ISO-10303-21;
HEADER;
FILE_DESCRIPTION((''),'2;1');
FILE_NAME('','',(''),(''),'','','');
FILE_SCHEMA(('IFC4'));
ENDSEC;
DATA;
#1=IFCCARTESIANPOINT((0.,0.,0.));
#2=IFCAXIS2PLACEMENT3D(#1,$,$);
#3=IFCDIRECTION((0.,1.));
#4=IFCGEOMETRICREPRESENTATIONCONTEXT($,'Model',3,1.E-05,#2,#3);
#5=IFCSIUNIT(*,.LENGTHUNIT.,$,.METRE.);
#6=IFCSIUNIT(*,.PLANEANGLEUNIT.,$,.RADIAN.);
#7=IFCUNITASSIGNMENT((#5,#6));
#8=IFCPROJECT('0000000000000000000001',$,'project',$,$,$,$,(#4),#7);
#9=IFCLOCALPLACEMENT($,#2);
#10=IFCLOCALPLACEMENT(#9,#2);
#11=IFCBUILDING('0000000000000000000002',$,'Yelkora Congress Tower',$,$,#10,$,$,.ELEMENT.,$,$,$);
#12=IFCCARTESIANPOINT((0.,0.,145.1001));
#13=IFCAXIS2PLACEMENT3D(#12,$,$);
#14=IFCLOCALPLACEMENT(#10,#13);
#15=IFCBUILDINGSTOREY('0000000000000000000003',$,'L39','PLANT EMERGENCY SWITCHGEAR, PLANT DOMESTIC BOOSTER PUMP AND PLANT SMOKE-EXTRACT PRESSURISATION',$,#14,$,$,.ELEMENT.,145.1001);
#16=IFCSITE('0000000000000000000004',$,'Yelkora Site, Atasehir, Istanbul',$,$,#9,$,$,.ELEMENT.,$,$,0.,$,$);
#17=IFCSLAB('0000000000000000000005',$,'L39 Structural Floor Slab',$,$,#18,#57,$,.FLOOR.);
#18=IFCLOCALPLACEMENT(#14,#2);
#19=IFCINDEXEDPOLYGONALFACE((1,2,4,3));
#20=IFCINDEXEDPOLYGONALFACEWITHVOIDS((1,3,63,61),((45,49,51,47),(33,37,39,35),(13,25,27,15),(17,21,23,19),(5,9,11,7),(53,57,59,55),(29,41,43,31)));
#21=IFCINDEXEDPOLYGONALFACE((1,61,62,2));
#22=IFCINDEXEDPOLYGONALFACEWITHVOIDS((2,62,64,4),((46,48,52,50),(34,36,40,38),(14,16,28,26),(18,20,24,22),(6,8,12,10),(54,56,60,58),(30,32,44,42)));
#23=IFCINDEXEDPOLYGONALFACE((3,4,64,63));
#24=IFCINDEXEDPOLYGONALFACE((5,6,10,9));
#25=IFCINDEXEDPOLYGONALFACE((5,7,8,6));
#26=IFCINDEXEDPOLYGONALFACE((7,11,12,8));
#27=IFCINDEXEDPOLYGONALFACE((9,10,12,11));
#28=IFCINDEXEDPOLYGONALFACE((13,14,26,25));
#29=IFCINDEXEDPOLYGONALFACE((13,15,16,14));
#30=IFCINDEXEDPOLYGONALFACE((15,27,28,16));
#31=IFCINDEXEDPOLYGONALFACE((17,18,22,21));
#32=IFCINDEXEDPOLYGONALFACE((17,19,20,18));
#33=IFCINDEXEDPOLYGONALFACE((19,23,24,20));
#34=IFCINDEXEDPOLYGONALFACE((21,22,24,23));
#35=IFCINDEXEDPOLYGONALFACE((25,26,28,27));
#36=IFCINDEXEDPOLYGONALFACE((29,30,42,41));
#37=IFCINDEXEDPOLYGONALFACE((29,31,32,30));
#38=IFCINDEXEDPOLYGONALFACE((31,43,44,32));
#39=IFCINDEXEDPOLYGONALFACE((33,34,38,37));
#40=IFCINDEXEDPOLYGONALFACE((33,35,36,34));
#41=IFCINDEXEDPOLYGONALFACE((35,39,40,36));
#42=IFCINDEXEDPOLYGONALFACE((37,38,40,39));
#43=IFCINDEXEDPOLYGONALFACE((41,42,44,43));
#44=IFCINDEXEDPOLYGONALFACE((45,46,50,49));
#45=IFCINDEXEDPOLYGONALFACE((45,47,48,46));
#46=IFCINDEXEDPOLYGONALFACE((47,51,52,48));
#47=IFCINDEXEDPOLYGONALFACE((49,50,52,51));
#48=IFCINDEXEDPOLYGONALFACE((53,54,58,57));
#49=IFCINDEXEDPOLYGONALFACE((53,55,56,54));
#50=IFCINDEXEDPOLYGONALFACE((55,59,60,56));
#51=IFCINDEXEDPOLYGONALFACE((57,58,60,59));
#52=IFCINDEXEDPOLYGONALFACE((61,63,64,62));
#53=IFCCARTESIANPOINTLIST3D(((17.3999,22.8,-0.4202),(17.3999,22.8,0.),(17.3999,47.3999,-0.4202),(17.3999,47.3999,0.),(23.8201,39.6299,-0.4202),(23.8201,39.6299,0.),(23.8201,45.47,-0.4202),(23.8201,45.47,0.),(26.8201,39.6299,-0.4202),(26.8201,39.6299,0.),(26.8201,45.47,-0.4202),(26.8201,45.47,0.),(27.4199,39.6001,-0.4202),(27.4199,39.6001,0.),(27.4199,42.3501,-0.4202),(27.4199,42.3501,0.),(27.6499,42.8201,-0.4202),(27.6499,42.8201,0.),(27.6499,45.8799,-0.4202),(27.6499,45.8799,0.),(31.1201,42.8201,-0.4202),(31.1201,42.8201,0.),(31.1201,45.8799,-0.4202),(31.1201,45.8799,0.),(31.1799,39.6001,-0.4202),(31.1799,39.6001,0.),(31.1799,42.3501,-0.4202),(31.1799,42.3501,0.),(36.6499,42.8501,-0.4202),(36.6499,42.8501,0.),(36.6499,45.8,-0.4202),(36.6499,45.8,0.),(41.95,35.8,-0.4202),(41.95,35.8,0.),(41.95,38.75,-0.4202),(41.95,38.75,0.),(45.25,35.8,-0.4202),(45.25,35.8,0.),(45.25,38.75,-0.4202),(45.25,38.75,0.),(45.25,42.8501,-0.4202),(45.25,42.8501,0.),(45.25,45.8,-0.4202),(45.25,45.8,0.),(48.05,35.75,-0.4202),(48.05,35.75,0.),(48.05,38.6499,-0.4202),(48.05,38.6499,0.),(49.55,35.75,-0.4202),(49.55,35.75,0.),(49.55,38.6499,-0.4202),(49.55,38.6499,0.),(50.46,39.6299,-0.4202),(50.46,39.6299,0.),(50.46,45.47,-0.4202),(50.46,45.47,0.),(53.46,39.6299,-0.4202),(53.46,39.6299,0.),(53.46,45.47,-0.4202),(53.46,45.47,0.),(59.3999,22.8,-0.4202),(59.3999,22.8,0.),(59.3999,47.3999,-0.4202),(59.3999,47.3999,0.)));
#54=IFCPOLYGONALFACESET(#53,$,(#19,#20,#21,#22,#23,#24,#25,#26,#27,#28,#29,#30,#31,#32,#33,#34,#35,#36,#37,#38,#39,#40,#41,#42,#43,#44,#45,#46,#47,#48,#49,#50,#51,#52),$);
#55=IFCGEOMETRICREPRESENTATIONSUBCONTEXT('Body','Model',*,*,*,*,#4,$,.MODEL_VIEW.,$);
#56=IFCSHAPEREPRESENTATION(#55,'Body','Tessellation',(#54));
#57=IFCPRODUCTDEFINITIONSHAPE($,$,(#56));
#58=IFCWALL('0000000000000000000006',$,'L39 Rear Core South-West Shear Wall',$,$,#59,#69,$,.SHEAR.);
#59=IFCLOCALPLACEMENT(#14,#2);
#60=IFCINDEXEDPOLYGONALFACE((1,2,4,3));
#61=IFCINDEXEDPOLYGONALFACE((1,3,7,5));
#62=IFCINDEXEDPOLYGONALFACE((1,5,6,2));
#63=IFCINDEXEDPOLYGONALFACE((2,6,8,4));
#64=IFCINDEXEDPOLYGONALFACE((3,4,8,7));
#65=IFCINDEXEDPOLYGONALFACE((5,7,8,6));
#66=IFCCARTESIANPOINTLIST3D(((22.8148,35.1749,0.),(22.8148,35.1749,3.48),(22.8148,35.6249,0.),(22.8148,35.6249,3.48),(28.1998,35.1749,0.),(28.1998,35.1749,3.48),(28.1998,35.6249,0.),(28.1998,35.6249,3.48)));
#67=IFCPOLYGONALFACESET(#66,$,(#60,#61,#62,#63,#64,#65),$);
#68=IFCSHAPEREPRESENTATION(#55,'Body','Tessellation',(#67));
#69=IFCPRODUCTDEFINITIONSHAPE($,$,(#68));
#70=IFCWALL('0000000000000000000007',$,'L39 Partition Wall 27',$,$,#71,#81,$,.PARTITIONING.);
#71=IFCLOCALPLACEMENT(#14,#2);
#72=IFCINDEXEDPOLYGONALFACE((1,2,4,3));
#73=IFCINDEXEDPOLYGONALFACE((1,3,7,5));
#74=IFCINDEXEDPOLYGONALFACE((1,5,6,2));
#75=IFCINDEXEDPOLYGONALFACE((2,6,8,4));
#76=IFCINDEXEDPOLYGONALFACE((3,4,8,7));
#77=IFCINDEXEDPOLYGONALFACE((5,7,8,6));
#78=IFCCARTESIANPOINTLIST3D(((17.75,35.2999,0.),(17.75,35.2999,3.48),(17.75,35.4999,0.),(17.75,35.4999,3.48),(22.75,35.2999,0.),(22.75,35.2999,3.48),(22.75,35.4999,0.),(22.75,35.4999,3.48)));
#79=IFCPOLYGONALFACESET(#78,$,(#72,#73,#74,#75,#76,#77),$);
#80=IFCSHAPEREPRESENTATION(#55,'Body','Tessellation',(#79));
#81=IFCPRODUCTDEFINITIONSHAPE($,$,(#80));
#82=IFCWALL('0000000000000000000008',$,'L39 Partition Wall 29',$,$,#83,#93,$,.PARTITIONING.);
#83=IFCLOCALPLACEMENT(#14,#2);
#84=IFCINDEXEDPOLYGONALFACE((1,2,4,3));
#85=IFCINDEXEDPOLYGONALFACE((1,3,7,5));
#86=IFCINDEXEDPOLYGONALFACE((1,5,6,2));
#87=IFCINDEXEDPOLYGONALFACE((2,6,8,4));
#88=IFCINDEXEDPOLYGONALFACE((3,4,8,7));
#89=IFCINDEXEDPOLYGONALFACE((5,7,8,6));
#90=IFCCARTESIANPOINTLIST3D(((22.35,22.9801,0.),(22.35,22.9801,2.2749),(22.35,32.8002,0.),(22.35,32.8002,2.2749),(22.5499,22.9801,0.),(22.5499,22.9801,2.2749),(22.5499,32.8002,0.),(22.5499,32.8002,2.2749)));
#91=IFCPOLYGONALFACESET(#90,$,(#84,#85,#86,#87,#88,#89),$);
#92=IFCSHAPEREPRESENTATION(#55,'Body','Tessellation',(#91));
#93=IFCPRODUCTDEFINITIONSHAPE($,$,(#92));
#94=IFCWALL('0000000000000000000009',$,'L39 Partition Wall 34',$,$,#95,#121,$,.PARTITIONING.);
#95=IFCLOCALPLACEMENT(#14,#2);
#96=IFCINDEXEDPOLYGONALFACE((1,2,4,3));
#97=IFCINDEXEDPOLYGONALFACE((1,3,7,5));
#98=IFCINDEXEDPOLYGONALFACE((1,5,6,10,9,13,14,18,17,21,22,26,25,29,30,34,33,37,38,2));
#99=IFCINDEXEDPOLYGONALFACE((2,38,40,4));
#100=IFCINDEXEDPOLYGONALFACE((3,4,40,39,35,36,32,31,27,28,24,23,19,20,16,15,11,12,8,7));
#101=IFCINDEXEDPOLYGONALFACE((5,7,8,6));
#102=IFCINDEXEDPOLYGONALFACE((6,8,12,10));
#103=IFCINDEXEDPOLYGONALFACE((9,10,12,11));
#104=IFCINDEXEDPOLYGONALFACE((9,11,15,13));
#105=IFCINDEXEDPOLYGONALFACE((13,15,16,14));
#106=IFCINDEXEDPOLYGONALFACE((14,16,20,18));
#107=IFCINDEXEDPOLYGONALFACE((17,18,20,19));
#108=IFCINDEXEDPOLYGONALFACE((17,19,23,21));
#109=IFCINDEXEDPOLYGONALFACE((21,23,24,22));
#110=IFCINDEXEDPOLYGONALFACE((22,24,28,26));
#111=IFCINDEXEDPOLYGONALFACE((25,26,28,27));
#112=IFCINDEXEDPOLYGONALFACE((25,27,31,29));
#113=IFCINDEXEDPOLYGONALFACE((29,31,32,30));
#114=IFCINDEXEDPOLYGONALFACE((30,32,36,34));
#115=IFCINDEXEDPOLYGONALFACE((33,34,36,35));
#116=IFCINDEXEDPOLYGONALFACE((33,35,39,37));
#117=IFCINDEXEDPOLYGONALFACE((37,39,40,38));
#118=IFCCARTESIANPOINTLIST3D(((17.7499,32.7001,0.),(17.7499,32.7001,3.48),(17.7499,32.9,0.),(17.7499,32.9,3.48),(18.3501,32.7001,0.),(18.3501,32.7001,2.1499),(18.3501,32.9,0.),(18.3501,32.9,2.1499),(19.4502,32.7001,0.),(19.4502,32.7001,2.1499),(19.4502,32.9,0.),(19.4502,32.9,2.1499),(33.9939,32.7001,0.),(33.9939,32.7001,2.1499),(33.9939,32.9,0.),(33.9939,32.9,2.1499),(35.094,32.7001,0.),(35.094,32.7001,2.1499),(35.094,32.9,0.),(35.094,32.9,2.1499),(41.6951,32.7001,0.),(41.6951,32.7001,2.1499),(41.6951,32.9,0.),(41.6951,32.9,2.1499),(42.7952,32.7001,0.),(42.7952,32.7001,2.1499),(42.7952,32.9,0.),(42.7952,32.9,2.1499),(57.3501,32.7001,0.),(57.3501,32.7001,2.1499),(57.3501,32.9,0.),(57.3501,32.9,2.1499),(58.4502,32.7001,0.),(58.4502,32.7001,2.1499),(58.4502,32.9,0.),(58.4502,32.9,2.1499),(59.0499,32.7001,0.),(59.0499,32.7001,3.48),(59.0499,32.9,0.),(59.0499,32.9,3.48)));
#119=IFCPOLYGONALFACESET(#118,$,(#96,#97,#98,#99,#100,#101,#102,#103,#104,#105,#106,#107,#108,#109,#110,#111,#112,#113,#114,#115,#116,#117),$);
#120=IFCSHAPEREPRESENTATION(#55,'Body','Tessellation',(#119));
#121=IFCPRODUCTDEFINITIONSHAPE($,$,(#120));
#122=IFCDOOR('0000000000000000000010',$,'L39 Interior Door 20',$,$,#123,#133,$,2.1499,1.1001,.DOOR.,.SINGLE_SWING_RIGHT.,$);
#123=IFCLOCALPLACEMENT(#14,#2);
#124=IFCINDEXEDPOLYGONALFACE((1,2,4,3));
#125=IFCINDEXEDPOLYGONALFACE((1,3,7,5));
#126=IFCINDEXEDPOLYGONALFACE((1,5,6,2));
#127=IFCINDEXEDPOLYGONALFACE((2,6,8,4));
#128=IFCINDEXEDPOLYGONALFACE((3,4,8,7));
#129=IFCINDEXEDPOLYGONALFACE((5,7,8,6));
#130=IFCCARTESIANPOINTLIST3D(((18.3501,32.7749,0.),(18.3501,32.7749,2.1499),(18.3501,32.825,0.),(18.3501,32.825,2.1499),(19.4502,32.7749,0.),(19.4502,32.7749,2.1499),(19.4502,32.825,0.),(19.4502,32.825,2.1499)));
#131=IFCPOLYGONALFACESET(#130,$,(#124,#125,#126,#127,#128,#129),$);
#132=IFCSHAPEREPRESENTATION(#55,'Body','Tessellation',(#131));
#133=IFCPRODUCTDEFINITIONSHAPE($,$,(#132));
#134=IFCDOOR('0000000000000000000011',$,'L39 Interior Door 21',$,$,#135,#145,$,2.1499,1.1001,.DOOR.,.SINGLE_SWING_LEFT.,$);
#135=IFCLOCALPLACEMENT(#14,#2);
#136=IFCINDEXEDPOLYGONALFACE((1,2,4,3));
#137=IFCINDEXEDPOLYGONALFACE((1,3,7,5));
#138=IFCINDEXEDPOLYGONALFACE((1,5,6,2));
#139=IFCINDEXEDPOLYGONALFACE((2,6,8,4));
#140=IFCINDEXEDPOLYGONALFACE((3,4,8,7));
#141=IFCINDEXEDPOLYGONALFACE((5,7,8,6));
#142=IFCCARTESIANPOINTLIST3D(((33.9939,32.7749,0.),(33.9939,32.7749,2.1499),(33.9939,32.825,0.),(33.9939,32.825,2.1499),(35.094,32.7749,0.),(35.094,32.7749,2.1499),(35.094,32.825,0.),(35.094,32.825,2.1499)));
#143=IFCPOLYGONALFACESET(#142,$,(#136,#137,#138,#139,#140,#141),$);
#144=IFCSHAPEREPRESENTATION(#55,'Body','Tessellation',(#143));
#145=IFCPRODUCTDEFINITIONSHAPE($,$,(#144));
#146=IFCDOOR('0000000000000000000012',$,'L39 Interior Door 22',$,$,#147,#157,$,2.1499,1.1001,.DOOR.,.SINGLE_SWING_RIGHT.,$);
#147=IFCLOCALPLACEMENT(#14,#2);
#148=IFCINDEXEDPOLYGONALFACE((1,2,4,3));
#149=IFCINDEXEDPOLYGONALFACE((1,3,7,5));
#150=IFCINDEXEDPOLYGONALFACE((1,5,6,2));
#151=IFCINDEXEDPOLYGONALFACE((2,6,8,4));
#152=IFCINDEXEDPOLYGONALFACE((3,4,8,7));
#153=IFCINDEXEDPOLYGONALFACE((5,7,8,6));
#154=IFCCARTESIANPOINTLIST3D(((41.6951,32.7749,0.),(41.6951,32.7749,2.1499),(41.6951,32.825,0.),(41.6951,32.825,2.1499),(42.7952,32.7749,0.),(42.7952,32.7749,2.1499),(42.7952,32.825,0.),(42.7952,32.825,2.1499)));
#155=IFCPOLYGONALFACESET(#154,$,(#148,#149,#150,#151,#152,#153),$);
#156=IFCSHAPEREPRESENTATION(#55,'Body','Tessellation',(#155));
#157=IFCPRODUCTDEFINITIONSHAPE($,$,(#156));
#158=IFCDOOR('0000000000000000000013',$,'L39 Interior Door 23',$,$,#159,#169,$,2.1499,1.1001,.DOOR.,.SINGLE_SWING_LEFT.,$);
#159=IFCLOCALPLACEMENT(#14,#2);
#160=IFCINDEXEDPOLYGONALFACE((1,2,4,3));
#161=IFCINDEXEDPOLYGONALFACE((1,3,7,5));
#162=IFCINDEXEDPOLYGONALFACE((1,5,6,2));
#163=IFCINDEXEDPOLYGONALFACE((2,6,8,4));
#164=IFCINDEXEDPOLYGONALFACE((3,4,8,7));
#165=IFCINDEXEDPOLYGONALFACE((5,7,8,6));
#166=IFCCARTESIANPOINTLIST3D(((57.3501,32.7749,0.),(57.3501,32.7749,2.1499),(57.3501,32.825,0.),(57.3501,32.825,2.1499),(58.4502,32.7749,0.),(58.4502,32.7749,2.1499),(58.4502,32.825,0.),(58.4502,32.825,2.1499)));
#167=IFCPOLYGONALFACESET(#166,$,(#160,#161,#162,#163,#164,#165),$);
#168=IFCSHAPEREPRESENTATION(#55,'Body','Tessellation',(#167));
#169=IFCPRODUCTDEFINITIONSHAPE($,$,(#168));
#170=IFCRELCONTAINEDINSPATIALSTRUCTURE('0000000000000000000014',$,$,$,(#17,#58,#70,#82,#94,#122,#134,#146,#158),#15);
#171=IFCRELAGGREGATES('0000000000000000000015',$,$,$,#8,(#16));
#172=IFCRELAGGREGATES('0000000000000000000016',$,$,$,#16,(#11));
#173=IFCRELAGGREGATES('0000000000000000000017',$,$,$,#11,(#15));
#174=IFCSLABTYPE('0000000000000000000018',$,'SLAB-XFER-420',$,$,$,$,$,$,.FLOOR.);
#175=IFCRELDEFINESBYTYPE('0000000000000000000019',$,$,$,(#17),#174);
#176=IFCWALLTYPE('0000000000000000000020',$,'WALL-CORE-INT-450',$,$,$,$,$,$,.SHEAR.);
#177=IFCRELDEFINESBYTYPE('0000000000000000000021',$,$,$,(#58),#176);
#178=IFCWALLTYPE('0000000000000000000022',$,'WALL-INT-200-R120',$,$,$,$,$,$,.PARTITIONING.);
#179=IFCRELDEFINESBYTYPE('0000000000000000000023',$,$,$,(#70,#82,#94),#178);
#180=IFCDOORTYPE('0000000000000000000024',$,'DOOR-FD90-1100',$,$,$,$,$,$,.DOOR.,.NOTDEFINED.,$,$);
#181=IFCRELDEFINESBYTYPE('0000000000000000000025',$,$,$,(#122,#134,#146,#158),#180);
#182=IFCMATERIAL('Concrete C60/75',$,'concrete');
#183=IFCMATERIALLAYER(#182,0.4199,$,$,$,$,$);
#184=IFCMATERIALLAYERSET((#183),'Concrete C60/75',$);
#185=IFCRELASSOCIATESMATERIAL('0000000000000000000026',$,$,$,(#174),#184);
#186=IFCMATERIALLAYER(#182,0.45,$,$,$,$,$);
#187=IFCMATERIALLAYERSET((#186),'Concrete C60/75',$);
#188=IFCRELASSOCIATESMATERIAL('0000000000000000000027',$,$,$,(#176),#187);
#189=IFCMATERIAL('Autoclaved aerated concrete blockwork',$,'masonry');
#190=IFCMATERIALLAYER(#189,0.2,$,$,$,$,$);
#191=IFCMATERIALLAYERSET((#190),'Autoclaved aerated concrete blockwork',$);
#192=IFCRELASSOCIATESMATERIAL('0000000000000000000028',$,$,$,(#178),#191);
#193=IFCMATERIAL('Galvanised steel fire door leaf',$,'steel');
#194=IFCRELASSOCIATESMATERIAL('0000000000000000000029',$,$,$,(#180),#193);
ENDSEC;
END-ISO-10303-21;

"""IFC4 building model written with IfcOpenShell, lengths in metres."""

from ifc_helpers import new_model, si_unit, direction, frame, frame_2d, origin, place, context, subcontext, project, spatial, polyline, rectangle, outline, extrude, material, layer, layer_set, type_object, element, fill, save


model = new_model("IFC4")

# Units and contexts
model_context = context("Model", 3, precision=1e-05, world=origin(), true_north=direction((0.0, 1.0)))
body_context = subcontext(model_context, "Body", "Model", "MODEL_VIEW")
ifc_project = project(units=[si_unit("LENGTHUNIT", "METRE"), si_unit("PLANEANGLEUNIT", "RADIAN")], contexts=[model_context])

# Site, building, storey
site_placement = place(None, origin())
site = spatial("IfcSite", under=ifc_project, at=site_placement, Name="Yelkora Site, Atasehir, Istanbul", CompositionType="ELEMENT", RefElevation=0.0)
building_placement = place(site_placement, origin())
building = spatial("IfcBuilding", under=site, at=building_placement, Name="Yelkora Congress Tower", CompositionType="ELEMENT")
storey_placement = place(building_placement, frame((0.0, 0.0, 145.1001)))
storey = spatial("IfcBuildingStorey", under=building, at=storey_placement, Name="L39", Description="PLANT EMERGENCY SWITCHGEAR, PLANT DOMESTIC BOOSTER PUMP AND PLANT SMOKE-EXTRACT PRESSURISATION", CompositionType="ELEMENT", Elevation=145.1001)

# Slab
ifc_material_1 = material(Name="Concrete C60/75", Category="concrete")
ifc_layer_1 = layer(ifc_material_1, 0.4199)
ifc_layer_set_1 = layer_set([ifc_layer_1], Name="Concrete C60/75")
slab_type_1 = type_object("IfcSlabType", Name="SLAB-XFER-420", PredefinedType="FLOOR", material=ifc_layer_set_1)
slab_1_placement = place(storey_placement, frame((0.0, 0.0, -0.4202)))
element("IfcSlab", 1, at=slab_1_placement, inside=storey, type_object=slab_type_1, Name="L39 Structural Floor Slab", PredefinedType="FLOOR", context=body_context, shape_type="SweptSolid", body=[
    extrude(outline(polyline([(17.3999, 22.8), (59.3999, 22.8), (59.3999, 47.3999), (17.3999, 47.3999), (17.3999, 22.8)]), holes=[polyline([(23.8201, 39.6299), (26.8201, 39.6299), (26.8201, 45.47), (23.8201, 45.47), (23.8201, 39.6299)]), polyline([(50.46, 39.6299), (53.46, 39.6299), (53.46, 45.47), (50.46, 45.47), (50.46, 39.6299)]), polyline([(48.05, 35.75), (49.55, 35.75), (49.55, 38.6499), (48.05, 38.6499), (48.05, 35.75)]), polyline([(36.6499, 42.8501), (45.25, 42.8501), (45.25, 45.8), (36.6499, 45.8), (36.6499, 42.8501)]), polyline([(41.95, 35.8), (45.25, 35.8), (45.25, 38.75), (41.95, 38.75), (41.95, 35.8)]), polyline([(27.4199, 39.6001), (31.1799, 39.6001), (31.1799, 42.3501), (27.4199, 42.3501), (27.4199, 39.6001)]), polyline([(27.6499, 42.8201), (31.1201, 42.8201), (31.1201, 45.8799), (27.6499, 45.8799), (27.6499, 42.8201)])]), origin(), (0.0, 0.0, 1.0), 0.4202),
])

# Walls
ifc_layer_2 = layer(ifc_material_1, 0.45)
ifc_layer_set_2 = layer_set([ifc_layer_2], Name="Concrete C60/75")
wall_type_1 = type_object("IfcWallType", Name="WALL-CORE-INT-450", PredefinedType="SHEAR", material=ifc_layer_set_2)
wall_1_placement = place(storey_placement, frame((22.8149, 35.3999, 0.0), z_axis=(0.0, 0.0, 1.0), x_axis=(1.0, 0.0, 0.0)))
element("IfcWall", 2, at=wall_1_placement, inside=storey, type_object=wall_type_1, Name="L39 Rear Core South-West Shear Wall", PredefinedType="SHEAR", context=body_context, shape_type="SweptSolid", body=[
    extrude(rectangle(XDim=5.385, YDim=0.45, at=frame_2d((2.6924, 0.0))), origin(), (0.0, 0.0, 1.0), 3.48),
])
ifc_material_2 = material(Name="Autoclaved aerated concrete blockwork", Category="masonry")
ifc_layer_3 = layer(ifc_material_2, 0.2)
ifc_layer_set_3 = layer_set([ifc_layer_3], Name="Autoclaved aerated concrete blockwork")
wall_type_2 = type_object("IfcWallType", Name="WALL-INT-200-R120", PredefinedType="PARTITIONING", material=ifc_layer_set_3)
wall_2_placement = place(storey_placement, frame((17.75, 35.3999, 0.0), z_axis=(0.0, 0.0, 1.0), x_axis=(1.0, 0.0, 0.0)))
element("IfcWall", 3, at=wall_2_placement, inside=storey, type_object=wall_type_2, Name="L39 Partition Wall 27", PredefinedType="PARTITIONING", context=body_context, shape_type="SweptSolid", body=[
    extrude(rectangle(XDim=5.0, YDim=0.2, at=frame_2d((2.5, 0.0))), origin(), (0.0, 0.0, 1.0), 3.48),
])
wall_3_placement = place(storey_placement, frame((22.45, 22.98, 0.0), z_axis=(0.0, 0.0, 1.0), x_axis=(0.0, 1.0, 0.0)))
element("IfcWall", 4, at=wall_3_placement, inside=storey, type_object=wall_type_2, Name="L39 Partition Wall 29", PredefinedType="PARTITIONING", context=body_context, shape_type="SweptSolid", body=[
    extrude(rectangle(XDim=9.8201, YDim=0.2, at=frame_2d((4.9102, 0.0))), origin(), (0.0, 0.0, 1.0), 2.2749),
])

# Wall, openings, doors
wall_4_placement = place(storey_placement, frame((17.75, 32.8, 0.0), z_axis=(0.0, 0.0, 1.0), x_axis=(1.0, 0.0, 0.0)))
wall_4 = element("IfcWall", 5, at=wall_4_placement, inside=storey, type_object=wall_type_2, Name="L39 Partition Wall 34", PredefinedType="PARTITIONING", context=body_context, shape_type="SweptSolid", body=[
    extrude(rectangle(XDim=41.3, YDim=0.2, at=frame_2d((20.6499, 0.0))), origin(), (0.0, 0.0, 1.0), 3.48),
])
opening_1_placement = place(wall_4_placement, frame((0.6001, 0.0, 0.0)))
opening_1 = element("IfcOpeningElement", 6, at=opening_1_placement, cuts=wall_4, PredefinedType="OPENING", context=body_context, shape_type="SweptSolid", body=[
    extrude(rectangle(XDim=1.1001, YDim=2.1499, at=frame_2d((0.55, 1.075))), frame((0.0, 0.1099, 0.0), z_axis=(0.0, -1.0, 0.0), x_axis=(1.0, 0.0, 0.0)), (0.0, 0.0, 1.0), 0.22),
])
opening_2_placement = place(wall_4_placement, frame((16.2439, 0.0, 0.0)))
opening_2 = element("IfcOpeningElement", 7, at=opening_2_placement, cuts=wall_4, PredefinedType="OPENING", context=body_context, shape_type="SweptSolid", body=[
    extrude(rectangle(XDim=1.1001, YDim=2.1499, at=frame_2d((0.55, 1.075))), frame((0.0, 0.1099, 0.0), z_axis=(0.0, -1.0, 0.0), x_axis=(1.0, 0.0, 0.0)), (0.0, 0.0, 1.0), 0.22),
])
opening_3_placement = place(wall_4_placement, frame((23.9451, 0.0, 0.0)))
opening_3 = element("IfcOpeningElement", 8, at=opening_3_placement, cuts=wall_4, PredefinedType="OPENING", context=body_context, shape_type="SweptSolid", body=[
    extrude(rectangle(XDim=1.1001, YDim=2.1499, at=frame_2d((0.55, 1.075))), frame((0.0, 0.1099, 0.0), z_axis=(0.0, -1.0, 0.0), x_axis=(1.0, 0.0, 0.0)), (0.0, 0.0, 1.0), 0.22),
])
opening_4_placement = place(wall_4_placement, frame((39.6001, 0.0, 0.0)))
opening_4 = element("IfcOpeningElement", 9, at=opening_4_placement, cuts=wall_4, PredefinedType="OPENING", context=body_context, shape_type="SweptSolid", body=[
    extrude(rectangle(XDim=1.1001, YDim=2.1499, at=frame_2d((0.55, 1.075))), frame((0.0, 0.1099, 0.0), z_axis=(0.0, -1.0, 0.0), x_axis=(1.0, 0.0, 0.0)), (0.0, 0.0, 1.0), 0.22),
])
ifc_material_3 = material(Name="Galvanised steel fire door leaf", Category="steel")
door_type = type_object("IfcDoorType", Name="DOOR-FD90-1100", OperationType="NOTDEFINED", PredefinedType="DOOR", material=ifc_material_3)
door_1_placement = place(opening_1_placement, origin())
door_1 = element("IfcDoor", 10, at=door_1_placement, inside=storey, type_object=door_type, Name="L39 Interior Door 20", OperationType="SINGLE_SWING_RIGHT", OverallHeight=2.1499, OverallWidth=1.1001, PredefinedType="DOOR", context=body_context, shape_type="SweptSolid", body=[
    extrude(rectangle(XDim=1.1001, YDim=2.1499, at=frame_2d((0.55, 1.075))), frame((0.0, 0.0249, 0.0), z_axis=(0.0, -1.0, 0.0), x_axis=(1.0, 0.0, 0.0)), (0.0, 0.0, 1.0), 0.05),
])
fill(opening_1, door_1)
door_2_placement = place(opening_2_placement, origin())
door_2 = element("IfcDoor", 11, at=door_2_placement, inside=storey, type_object=door_type, Name="L39 Interior Door 21", OperationType="SINGLE_SWING_LEFT", OverallHeight=2.1499, OverallWidth=1.1001, PredefinedType="DOOR", context=body_context, shape_type="SweptSolid", body=[
    extrude(rectangle(XDim=1.1001, YDim=2.1499, at=frame_2d((0.55, 1.075))), frame((0.0, 0.0249, 0.0), z_axis=(0.0, -1.0, 0.0), x_axis=(1.0, 0.0, 0.0)), (0.0, 0.0, 1.0), 0.05),
])
fill(opening_2, door_2)
door_3_placement = place(opening_3_placement, origin())
door_3 = element("IfcDoor", 12, at=door_3_placement, inside=storey, type_object=door_type, Name="L39 Interior Door 22", OperationType="SINGLE_SWING_RIGHT", OverallHeight=2.1499, OverallWidth=1.1001, PredefinedType="DOOR", context=body_context, shape_type="SweptSolid", body=[
    extrude(rectangle(XDim=1.1001, YDim=2.1499, at=frame_2d((0.55, 1.075))), frame((0.0, 0.0249, 0.0), z_axis=(0.0, -1.0, 0.0), x_axis=(1.0, 0.0, 0.0)), (0.0, 0.0, 1.0), 0.05),
])
fill(opening_3, door_3)
door_4_placement = place(opening_4_placement, origin())
door_4 = element("IfcDoor", 13, at=door_4_placement, inside=storey, type_object=door_type, Name="L39 Interior Door 23", OperationType="SINGLE_SWING_LEFT", OverallHeight=2.1499, OverallWidth=1.1001, PredefinedType="DOOR", context=body_context, shape_type="SweptSolid", body=[
    extrude(rectangle(XDim=1.1001, YDim=2.1499, at=frame_2d((0.55, 1.075))), frame((0.0, 0.0249, 0.0), z_axis=(0.0, -1.0, 0.0), x_axis=(1.0, 0.0, 0.0)), (0.0, 0.0, 1.0), 0.05),
])
fill(opening_4, door_4)

save(model, "model.ifc")
